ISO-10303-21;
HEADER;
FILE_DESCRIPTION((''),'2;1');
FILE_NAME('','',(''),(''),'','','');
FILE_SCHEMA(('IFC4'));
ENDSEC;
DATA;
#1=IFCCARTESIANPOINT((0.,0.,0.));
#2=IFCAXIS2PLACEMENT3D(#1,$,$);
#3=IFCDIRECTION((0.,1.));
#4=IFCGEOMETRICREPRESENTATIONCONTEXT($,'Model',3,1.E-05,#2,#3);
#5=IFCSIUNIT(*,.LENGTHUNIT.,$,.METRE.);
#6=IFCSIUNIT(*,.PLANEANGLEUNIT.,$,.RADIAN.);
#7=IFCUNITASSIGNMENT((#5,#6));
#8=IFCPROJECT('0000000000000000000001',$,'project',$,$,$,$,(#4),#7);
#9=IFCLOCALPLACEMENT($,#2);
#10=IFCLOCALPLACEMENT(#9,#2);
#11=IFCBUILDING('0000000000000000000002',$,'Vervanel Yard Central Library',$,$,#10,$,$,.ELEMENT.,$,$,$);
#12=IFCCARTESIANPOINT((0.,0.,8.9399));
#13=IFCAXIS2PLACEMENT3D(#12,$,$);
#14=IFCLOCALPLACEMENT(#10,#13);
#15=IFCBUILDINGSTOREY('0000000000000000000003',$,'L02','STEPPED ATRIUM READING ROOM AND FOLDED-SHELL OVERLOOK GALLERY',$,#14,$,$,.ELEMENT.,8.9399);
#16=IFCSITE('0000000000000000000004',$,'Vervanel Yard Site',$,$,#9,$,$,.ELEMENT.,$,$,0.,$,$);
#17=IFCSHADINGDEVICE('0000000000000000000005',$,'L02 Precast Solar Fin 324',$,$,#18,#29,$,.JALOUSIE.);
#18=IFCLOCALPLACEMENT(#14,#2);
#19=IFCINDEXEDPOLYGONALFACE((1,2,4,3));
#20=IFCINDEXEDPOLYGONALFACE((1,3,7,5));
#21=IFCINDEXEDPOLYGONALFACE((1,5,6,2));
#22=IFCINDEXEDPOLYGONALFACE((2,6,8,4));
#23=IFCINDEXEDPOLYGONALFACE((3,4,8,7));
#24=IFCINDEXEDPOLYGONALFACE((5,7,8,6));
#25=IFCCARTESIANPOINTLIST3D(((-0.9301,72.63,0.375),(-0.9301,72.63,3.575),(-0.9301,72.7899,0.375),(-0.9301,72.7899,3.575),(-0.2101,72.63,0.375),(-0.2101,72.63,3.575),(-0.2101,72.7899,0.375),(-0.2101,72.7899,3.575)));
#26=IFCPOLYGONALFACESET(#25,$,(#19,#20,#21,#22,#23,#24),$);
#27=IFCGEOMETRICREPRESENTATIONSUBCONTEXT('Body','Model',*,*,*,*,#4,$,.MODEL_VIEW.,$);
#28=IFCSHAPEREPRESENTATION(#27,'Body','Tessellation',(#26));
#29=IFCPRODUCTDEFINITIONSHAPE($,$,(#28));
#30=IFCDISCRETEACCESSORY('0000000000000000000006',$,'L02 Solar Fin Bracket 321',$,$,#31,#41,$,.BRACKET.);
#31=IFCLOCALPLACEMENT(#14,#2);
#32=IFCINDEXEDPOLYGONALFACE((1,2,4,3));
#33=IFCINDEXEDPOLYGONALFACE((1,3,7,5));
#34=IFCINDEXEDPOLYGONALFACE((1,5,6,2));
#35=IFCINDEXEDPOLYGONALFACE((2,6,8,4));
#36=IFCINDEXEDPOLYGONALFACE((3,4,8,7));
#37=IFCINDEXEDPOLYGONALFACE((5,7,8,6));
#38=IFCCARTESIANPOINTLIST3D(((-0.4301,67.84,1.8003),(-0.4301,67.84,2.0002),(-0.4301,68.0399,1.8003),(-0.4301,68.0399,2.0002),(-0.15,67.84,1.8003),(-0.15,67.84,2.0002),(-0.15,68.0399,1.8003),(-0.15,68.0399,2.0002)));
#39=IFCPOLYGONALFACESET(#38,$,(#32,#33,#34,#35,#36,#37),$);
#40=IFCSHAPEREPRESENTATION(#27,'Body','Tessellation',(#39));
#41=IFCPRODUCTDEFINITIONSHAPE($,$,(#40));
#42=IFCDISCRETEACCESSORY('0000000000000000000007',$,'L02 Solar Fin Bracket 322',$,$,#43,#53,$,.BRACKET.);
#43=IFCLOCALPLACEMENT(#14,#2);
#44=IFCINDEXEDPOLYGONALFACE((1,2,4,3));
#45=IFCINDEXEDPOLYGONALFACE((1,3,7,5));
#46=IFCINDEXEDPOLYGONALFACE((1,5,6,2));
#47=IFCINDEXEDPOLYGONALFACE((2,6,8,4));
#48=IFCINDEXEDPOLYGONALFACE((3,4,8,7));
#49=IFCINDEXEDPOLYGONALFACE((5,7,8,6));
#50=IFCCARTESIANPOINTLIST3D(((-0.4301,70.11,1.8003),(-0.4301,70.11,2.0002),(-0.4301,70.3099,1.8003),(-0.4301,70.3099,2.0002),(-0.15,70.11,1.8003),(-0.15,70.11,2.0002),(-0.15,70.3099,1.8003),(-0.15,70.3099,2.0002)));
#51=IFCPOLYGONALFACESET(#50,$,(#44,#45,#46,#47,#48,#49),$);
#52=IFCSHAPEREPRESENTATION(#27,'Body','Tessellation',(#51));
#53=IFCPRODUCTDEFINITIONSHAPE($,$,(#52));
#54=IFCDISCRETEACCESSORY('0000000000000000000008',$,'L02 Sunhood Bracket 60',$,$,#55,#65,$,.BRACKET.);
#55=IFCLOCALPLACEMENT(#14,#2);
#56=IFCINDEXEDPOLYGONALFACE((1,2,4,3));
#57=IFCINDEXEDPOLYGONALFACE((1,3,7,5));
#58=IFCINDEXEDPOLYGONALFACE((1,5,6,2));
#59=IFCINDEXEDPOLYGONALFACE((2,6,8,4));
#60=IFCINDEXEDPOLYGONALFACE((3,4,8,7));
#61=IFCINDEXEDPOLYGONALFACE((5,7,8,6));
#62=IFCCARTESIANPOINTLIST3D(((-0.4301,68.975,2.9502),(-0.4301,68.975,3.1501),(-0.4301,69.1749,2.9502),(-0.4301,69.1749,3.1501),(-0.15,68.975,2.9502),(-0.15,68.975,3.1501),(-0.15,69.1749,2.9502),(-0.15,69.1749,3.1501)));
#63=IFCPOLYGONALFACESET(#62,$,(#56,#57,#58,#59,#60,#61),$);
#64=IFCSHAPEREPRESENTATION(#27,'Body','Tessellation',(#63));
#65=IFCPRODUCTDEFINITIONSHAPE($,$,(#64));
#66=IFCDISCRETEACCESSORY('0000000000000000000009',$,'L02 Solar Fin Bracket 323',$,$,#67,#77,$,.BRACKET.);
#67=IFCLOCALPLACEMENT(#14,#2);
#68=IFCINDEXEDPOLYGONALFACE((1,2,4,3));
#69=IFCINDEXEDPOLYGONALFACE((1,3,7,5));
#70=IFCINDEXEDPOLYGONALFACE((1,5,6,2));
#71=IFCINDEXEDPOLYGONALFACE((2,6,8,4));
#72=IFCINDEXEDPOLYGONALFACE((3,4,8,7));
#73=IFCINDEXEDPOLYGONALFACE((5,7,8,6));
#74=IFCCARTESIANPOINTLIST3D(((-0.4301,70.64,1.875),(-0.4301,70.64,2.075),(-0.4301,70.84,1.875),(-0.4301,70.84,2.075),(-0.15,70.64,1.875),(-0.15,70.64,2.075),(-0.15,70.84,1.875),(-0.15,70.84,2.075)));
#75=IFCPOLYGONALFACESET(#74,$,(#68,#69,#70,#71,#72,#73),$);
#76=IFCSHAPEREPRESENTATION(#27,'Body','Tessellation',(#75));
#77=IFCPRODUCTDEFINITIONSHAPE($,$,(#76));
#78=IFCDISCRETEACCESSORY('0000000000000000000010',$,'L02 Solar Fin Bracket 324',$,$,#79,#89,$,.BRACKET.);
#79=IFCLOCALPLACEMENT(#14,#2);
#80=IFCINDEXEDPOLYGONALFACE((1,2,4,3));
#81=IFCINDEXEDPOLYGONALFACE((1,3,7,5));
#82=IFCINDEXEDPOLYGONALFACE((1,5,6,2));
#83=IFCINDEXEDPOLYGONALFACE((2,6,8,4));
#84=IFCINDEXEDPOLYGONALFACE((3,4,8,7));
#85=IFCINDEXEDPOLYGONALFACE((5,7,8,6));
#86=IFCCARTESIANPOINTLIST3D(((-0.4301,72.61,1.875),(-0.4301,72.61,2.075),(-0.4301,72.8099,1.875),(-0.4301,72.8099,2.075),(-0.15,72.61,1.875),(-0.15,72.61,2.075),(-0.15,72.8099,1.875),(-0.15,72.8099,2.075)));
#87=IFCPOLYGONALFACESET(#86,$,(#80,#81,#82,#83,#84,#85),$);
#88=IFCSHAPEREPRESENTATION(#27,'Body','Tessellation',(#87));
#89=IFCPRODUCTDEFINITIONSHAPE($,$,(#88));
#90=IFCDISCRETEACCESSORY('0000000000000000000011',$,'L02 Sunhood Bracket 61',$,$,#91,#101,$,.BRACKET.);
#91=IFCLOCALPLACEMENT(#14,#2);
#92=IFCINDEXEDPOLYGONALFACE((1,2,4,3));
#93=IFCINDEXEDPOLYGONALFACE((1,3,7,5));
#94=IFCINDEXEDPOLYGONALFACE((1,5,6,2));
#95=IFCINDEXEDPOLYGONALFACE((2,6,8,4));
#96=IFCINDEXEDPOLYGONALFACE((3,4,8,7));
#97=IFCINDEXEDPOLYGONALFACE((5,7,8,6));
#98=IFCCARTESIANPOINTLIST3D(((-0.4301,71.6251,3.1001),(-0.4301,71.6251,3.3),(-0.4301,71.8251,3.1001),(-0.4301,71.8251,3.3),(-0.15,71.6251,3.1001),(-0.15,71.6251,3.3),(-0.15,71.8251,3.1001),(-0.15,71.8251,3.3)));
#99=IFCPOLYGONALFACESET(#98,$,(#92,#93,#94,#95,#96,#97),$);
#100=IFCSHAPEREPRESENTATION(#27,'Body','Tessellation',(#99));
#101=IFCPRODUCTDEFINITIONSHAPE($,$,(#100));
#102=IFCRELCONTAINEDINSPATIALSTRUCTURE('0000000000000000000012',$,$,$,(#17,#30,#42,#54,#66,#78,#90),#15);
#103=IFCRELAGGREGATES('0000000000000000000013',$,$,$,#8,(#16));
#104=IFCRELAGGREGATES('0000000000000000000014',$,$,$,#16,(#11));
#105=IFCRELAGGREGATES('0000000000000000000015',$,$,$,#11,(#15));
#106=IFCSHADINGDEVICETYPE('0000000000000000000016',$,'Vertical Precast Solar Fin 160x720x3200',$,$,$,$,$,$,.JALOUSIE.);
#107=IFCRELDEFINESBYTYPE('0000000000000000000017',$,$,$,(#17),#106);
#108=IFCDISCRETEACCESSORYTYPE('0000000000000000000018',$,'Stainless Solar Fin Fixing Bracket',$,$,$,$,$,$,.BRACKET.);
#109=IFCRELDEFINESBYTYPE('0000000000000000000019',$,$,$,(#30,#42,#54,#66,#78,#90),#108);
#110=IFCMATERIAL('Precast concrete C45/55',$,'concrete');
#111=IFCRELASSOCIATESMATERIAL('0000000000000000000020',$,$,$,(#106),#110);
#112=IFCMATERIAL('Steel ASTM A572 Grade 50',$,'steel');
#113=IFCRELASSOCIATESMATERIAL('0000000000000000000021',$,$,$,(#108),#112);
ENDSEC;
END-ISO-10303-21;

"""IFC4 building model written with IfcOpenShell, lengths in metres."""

from ifc_helpers import new_model, si_unit, direction, frame, origin, origin_2d, place, context, subcontext, project, spatial, rectangle, extrude, material, type_object, element, save


model = new_model("IFC4")

# Units and contexts
model_context = context("Model", 3, precision=1e-05, world=origin(), true_north=direction((0.0, 1.0)))
body_context = subcontext(model_context, "Body", "Model", "MODEL_VIEW")
ifc_project = project(units=[si_unit("LENGTHUNIT", "METRE"), si_unit("PLANEANGLEUNIT", "RADIAN")], contexts=[model_context])

# Site, building, storey
site_placement = place(None, origin())
site = spatial("IfcSite", under=ifc_project, at=site_placement, Name="Vervanel Yard Site", CompositionType="ELEMENT", RefElevation=0.0)
building_placement = place(site_placement, origin())
building = spatial("IfcBuilding", under=site, at=building_placement, Name="Vervanel Yard Central Library", CompositionType="ELEMENT")
storey_placement = place(building_placement, frame((0.0, 0.0, 8.9399)))
storey = spatial("IfcBuildingStorey", under=building, at=storey_placement, Name="L02", Description="STEPPED ATRIUM READING ROOM AND FOLDED-SHELL OVERLOOK GALLERY", CompositionType="ELEMENT", Elevation=8.9399)

# Shared definitions
ifc_material_1 = material(Name="Precast concrete C45/55", Category="concrete")

# Shading device
shading_device_type_1 = type_object("IfcShadingDeviceType", Name="Vertical Precast Solar Fin 160x720x3200", PredefinedType="JALOUSIE", material=ifc_material_1)
for number, where, z_axis, x_axis, name in (
    (1, (-0.5701, 72.71, 0.375), (0.0, 0.0, 1.0), (0.0, 1.0, 0.0), "L02 Precast Solar Fin 324"),
):
    element("IfcShadingDevice", number, at=place(storey_placement, frame(where, z_axis=z_axis, x_axis=x_axis)), inside=storey, type_object=shading_device_type_1, Name=name, PredefinedType="JALOUSIE", context=body_context, shape_type="SweptSolid", body=[
        extrude(rectangle(XDim=0.1599, YDim=0.72, at=origin_2d()), origin(), (0.0, 0.0, 1.0), 3.2),
    ])

# Discrete accessories
ifc_material_2 = material(Name="Steel ASTM A572 Grade 50", Category="steel")
discrete_accessory_type = type_object("IfcDiscreteAccessoryType", Name="Stainless Solar Fin Fixing Bracket", PredefinedType="BRACKET", material=ifc_material_2)
for number, where, z_axis, x_axis, name in (
    (2, (-0.29, 67.9399, 1.8003), (0.0, 0.0, 1.0), (0.0, 1.0, 0.0), "L02 Solar Fin Bracket 321"),
    (3, (-0.29, 70.21, 1.8003), (0.0, 0.0, 1.0), (0.0, 1.0, 0.0), "L02 Solar Fin Bracket 322"),
    (4, (-0.29, 69.075, 2.9502), (0.0, 0.0, 1.0), (0.0, 1.0, 0.0), "L02 Sunhood Bracket 60"),
    (5, (-0.29, 70.74, 1.875), (0.0, 0.0, 1.0), (0.0, 1.0, 0.0), "L02 Solar Fin Bracket 323"),
    (6, (-0.29, 72.71, 1.875), (0.0, 0.0, 1.0), (0.0, 1.0, 0.0), "L02 Solar Fin Bracket 324"),
    (7, (-0.29, 71.7251, 3.1001), (0.0, 0.0, 1.0), (0.0, 1.0, 0.0), "L02 Sunhood Bracket 61"),
):
    element("IfcDiscreteAccessory", number, at=place(storey_placement, frame(where, z_axis=z_axis, x_axis=x_axis)), inside=storey, type_object=discrete_accessory_type, Name=name, PredefinedType="BRACKET", context=body_context, shape_type="SweptSolid", body=[
        extrude(rectangle(XDim=0.2, YDim=0.28, at=origin_2d()), origin(), (0.0, 0.0, 1.0), 0.2),
    ])

save(model, "model.ifc")
